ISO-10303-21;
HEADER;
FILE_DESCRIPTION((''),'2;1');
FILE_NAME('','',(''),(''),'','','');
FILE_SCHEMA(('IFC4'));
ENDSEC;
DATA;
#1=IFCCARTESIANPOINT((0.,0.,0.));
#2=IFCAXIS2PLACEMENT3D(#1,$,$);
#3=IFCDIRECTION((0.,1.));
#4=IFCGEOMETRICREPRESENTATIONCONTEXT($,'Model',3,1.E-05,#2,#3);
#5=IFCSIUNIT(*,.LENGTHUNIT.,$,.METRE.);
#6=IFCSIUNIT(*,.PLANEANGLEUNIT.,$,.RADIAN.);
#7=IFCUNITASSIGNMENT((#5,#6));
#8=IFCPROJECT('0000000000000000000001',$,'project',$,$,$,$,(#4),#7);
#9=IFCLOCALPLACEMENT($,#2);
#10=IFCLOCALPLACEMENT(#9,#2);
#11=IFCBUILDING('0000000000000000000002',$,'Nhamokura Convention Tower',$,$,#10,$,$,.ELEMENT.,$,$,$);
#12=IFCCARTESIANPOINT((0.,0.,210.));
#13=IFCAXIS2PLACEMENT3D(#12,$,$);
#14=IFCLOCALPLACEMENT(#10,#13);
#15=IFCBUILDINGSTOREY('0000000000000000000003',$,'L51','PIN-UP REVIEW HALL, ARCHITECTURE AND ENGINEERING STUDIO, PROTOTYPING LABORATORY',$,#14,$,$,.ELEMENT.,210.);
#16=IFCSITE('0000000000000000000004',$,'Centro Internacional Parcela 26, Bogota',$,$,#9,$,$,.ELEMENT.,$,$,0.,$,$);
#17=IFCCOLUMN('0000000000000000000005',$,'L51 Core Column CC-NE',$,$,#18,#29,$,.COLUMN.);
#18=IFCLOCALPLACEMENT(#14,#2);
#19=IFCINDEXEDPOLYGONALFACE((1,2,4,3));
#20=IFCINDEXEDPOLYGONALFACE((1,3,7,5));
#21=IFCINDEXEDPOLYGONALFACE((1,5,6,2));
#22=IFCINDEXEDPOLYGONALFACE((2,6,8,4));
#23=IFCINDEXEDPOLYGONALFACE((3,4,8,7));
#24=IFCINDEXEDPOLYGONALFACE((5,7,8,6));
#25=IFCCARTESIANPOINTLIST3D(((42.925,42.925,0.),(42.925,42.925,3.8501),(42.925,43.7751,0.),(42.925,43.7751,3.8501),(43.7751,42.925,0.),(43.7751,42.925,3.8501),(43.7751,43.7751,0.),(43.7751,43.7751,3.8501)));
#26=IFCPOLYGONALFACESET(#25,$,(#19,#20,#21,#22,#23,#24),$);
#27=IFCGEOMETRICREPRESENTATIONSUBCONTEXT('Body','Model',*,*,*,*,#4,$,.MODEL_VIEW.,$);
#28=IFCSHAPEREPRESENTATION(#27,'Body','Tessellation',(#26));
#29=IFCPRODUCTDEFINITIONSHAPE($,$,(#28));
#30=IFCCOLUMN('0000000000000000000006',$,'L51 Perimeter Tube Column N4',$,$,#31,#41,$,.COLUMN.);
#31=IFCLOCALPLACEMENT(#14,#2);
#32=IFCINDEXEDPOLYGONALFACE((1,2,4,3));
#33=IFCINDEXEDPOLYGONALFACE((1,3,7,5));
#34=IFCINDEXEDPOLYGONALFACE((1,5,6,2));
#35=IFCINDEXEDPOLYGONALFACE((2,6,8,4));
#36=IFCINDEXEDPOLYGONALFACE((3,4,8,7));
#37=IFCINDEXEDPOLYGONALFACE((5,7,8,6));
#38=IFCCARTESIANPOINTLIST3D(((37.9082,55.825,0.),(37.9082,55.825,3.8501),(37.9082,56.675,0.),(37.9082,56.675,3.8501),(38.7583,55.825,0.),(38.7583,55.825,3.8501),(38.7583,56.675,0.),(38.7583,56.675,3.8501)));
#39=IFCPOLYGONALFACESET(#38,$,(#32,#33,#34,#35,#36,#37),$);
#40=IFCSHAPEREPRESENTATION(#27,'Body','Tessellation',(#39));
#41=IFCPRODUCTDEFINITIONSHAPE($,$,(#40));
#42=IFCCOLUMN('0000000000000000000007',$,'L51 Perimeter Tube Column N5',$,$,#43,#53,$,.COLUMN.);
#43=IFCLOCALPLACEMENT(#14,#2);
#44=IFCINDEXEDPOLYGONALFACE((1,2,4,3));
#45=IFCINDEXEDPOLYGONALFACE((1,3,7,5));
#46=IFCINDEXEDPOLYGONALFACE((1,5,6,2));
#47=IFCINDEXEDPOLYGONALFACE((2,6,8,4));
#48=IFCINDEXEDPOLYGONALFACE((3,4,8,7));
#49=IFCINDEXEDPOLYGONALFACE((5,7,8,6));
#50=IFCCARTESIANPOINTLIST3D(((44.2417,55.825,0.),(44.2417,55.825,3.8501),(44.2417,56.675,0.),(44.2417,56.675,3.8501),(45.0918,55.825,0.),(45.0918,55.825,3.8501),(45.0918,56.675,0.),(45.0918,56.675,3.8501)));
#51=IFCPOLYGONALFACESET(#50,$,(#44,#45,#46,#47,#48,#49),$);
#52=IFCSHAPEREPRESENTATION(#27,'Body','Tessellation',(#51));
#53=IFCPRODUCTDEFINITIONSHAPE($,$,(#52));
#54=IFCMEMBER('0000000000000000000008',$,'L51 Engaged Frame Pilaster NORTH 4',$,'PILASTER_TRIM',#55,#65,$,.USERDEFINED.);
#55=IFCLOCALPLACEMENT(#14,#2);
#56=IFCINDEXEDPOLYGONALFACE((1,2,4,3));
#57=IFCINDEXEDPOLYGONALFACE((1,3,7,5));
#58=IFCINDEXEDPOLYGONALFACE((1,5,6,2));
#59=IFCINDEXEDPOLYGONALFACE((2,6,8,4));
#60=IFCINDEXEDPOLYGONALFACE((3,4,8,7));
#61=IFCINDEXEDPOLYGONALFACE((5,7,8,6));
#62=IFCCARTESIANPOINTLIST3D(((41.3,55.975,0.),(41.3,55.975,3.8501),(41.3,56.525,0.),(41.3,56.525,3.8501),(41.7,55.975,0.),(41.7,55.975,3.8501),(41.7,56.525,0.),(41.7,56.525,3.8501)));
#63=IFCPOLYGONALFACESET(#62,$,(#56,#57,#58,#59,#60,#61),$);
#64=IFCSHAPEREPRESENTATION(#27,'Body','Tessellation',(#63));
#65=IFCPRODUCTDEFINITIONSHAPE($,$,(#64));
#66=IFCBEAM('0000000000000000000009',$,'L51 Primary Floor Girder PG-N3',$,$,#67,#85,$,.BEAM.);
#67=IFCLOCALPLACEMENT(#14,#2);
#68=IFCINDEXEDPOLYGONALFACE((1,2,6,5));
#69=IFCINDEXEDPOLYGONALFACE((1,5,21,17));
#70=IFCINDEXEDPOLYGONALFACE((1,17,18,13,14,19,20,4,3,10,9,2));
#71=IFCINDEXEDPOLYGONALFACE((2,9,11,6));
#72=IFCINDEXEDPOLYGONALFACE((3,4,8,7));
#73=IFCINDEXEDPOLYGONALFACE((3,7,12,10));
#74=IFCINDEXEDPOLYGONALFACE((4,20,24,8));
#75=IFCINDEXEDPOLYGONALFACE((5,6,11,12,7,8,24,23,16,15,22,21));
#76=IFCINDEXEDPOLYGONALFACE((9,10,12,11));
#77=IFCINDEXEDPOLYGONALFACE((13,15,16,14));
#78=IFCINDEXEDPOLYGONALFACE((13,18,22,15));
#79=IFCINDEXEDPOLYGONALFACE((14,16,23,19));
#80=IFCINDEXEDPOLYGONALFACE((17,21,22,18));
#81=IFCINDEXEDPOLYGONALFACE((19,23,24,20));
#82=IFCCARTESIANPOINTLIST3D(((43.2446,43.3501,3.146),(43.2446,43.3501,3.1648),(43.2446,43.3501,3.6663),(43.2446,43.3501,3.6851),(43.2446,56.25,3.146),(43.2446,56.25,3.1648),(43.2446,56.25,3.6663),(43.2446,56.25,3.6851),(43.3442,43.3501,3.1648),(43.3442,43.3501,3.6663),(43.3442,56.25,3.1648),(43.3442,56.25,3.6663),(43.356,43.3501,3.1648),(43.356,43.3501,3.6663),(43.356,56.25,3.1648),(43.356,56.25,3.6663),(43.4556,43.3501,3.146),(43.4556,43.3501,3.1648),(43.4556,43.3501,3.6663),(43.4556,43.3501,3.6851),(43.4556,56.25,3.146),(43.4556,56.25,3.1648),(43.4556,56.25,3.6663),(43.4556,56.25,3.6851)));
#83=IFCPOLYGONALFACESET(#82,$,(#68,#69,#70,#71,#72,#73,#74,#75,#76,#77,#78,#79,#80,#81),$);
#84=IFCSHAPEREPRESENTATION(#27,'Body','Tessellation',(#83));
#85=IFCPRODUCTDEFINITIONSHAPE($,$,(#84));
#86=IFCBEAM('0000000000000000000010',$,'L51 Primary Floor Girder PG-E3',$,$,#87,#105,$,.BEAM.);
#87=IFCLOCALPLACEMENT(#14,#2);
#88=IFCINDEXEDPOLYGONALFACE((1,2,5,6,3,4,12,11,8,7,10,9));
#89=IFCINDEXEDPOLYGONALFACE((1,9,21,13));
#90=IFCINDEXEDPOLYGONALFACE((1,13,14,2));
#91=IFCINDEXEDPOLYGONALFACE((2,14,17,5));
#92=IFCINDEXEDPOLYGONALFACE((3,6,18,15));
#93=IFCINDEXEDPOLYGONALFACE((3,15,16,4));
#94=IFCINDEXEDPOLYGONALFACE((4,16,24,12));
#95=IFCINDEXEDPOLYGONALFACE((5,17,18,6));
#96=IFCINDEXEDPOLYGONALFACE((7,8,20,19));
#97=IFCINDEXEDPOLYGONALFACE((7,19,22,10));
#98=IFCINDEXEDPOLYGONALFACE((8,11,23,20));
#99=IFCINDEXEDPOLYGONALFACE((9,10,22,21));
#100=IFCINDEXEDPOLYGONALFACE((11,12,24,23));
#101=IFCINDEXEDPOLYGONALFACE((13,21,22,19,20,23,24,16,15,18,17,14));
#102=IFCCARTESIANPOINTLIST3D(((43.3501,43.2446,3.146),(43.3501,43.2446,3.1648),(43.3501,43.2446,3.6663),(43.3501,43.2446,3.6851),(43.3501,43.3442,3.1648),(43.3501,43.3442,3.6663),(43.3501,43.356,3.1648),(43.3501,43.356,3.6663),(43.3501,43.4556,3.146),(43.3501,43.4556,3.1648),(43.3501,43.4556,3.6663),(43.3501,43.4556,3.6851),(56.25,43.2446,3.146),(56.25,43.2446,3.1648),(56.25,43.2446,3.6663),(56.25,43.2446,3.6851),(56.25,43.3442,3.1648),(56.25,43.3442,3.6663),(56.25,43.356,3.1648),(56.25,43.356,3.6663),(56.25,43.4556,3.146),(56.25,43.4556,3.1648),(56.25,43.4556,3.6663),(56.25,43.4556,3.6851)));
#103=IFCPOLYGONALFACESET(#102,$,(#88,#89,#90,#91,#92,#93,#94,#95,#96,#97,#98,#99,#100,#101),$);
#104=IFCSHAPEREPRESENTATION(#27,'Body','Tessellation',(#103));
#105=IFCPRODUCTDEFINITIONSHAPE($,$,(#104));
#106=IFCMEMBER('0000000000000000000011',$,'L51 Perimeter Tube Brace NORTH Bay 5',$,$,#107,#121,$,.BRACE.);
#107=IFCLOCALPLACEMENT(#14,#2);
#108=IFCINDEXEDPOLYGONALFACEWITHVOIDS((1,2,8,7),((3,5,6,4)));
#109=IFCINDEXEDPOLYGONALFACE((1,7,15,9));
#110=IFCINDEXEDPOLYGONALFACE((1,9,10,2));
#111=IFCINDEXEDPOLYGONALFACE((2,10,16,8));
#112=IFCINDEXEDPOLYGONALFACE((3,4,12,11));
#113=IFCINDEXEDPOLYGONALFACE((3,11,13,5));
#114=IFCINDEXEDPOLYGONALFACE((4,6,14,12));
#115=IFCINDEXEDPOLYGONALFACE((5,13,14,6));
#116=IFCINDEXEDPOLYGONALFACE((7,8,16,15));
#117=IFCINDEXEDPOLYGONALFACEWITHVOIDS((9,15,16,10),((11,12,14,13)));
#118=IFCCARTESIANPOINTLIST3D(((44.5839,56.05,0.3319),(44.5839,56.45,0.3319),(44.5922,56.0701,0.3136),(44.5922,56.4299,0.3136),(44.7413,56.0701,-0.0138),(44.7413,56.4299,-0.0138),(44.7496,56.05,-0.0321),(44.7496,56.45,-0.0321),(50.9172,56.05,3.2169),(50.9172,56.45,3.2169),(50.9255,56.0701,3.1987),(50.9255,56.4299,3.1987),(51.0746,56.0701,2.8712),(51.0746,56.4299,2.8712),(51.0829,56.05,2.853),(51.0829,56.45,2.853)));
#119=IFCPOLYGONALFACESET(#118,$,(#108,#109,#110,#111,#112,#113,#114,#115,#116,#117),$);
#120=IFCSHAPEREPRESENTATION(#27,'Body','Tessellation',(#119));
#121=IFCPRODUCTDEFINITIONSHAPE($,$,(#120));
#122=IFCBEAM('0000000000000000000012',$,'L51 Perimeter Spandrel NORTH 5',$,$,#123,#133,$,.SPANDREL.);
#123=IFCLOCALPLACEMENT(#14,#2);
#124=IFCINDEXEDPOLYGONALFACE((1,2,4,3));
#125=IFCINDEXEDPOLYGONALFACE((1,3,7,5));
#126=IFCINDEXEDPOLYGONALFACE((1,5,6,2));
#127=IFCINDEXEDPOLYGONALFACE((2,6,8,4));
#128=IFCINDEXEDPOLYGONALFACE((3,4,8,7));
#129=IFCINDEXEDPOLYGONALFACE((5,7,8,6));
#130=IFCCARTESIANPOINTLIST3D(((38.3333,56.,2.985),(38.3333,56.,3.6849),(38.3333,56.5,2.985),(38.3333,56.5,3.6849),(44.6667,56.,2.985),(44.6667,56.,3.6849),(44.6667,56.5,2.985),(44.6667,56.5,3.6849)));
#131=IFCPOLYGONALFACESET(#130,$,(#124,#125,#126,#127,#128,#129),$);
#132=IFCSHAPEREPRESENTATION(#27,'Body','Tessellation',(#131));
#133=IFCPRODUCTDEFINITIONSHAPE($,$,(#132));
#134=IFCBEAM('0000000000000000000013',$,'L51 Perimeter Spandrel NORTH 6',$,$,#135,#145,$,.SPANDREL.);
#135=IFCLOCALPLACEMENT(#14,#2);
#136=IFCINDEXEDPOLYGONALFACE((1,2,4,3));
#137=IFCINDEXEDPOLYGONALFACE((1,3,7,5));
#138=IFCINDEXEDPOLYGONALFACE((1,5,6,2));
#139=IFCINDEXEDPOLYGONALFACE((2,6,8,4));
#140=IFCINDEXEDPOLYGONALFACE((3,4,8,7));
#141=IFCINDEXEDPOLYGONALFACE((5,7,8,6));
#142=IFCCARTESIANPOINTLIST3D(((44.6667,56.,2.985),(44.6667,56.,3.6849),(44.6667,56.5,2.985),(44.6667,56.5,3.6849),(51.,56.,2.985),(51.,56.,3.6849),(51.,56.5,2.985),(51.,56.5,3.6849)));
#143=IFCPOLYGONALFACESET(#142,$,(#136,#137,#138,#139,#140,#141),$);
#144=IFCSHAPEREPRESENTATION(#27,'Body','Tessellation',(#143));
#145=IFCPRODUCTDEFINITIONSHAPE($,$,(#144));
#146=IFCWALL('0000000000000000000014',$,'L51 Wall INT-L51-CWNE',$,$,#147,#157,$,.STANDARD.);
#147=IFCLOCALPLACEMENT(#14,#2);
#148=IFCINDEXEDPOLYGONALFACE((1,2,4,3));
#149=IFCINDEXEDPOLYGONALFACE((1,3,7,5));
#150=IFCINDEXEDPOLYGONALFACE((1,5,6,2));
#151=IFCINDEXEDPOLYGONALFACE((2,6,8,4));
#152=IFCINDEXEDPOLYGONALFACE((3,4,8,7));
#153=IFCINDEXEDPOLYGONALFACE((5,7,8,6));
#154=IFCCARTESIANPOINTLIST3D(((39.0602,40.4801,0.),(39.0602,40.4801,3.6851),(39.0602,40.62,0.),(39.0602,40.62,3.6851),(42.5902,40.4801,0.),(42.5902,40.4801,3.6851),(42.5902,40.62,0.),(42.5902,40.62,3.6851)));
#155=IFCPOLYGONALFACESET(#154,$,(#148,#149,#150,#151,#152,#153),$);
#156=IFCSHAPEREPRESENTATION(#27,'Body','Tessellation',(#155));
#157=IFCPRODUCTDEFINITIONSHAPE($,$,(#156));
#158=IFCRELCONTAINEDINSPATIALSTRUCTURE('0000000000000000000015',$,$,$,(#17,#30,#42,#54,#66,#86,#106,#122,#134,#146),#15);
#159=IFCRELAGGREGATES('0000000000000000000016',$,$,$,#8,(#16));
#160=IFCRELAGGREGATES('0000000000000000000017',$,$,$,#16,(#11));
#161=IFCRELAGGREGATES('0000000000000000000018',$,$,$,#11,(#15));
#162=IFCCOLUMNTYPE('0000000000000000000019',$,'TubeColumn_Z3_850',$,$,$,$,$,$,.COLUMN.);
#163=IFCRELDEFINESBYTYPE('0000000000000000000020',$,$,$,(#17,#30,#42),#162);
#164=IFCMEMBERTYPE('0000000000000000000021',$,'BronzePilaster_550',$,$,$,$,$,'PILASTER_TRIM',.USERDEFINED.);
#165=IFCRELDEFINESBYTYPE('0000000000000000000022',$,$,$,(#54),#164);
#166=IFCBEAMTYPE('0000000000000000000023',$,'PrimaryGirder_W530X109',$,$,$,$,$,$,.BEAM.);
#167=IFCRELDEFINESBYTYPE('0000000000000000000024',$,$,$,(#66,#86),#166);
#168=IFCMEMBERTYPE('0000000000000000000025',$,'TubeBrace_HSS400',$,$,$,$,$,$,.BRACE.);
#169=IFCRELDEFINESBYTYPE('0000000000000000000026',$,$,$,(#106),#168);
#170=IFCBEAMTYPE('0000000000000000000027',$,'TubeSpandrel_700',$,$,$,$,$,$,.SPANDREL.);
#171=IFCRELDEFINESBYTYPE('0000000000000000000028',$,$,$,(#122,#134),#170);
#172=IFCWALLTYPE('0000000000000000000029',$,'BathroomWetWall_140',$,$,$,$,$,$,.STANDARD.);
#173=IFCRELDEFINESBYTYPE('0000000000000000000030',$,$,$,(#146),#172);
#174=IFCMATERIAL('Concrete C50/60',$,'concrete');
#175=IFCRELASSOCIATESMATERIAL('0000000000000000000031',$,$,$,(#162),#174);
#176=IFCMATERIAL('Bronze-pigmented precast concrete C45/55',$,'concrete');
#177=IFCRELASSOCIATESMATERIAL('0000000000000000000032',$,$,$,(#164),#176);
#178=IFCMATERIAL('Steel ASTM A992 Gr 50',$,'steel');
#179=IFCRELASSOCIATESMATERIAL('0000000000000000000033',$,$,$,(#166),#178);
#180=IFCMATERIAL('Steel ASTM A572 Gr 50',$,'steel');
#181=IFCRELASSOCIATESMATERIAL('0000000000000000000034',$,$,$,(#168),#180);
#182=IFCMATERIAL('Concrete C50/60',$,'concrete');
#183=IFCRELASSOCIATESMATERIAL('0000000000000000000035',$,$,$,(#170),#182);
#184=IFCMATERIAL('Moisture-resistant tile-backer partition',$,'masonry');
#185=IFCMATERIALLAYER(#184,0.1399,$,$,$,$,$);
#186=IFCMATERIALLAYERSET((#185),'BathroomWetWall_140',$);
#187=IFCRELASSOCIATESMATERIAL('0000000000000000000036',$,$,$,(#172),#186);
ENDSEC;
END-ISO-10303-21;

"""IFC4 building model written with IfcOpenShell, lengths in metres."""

from ifc_helpers import new_model, si_unit, direction, frame, frame_2d, origin, origin_2d, place, context, subcontext, project, spatial, rectangle, hollow_rectangle, i_section, extrude, material, layer, layer_set, material_profile, profile_set, type_object, element, save


model = new_model("IFC4")

# Units and contexts
model_context = context("Model", 3, precision=1e-05, world=origin(), true_north=direction((0.0, 1.0)))
body_context = subcontext(model_context, "Body", "Model", "MODEL_VIEW")
ifc_project = project(units=[si_unit("LENGTHUNIT", "METRE"), si_unit("PLANEANGLEUNIT", "RADIAN")], contexts=[model_context])

# Site, building, storey
site_placement = place(None, origin())
site = spatial("IfcSite", under=ifc_project, at=site_placement, Name="Centro Internacional Parcela 26, Bogota", CompositionType="ELEMENT", RefElevation=0.0)
building_placement = place(site_placement, origin())
building = spatial("IfcBuilding", under=site, at=building_placement, Name="Nhamokura Convention Tower", CompositionType="ELEMENT")
storey_placement = place(building_placement, frame((0.0, 0.0, 210.0)))
storey = spatial("IfcBuildingStorey", under=building, at=storey_placement, Name="L51", Description="PIN-UP REVIEW HALL, ARCHITECTURE AND ENGINEERING STUDIO, PROTOTYPING LABORATORY", CompositionType="ELEMENT", Elevation=210.0)

# Columns
ifc_material_1 = material(Name="Concrete C50/60", Category="concrete")
ifc_material_profile_1 = material_profile(ifc_material_1, rectangle(XDim=0.8501, YDim=0.8501, at=origin_2d()))
ifc_profile_set_1 = profile_set([ifc_material_profile_1], Name="Concrete C50/60")
column_type = type_object("IfcColumnType", Name="TubeColumn_Z3_850", PredefinedType="COLUMN", material=ifc_profile_set_1)
for number, where, z_axis, x_axis, name in (
    (1, (43.3501, 43.3501, 0.0), (0.0, 0.0, 1.0), (1.0, 0.0, 0.0), "L51 Core Column CC-NE"),
    (2, (38.3333, 56.25, 0.0), (0.0, 0.0, 1.0), (1.0, 0.0, 0.0), "L51 Perimeter Tube Column N4"),
    (3, (44.6667, 56.25, 0.0), (0.0, 0.0, 1.0), (1.0, 0.0, 0.0), "L51 Perimeter Tube Column N5"),
):
    element("IfcColumn", number, at=place(storey_placement, frame(where, z_axis=z_axis, x_axis=x_axis)), inside=storey, type_object=column_type, Name=name, PredefinedType="COLUMN", context=body_context, shape_type="SweptSolid", body=[
        extrude(rectangle(XDim=0.8501, YDim=0.8501, at=origin_2d()), origin(), (0.0, 0.0, 1.0), 3.8501),
    ])

# Member
ifc_material_2 = material(Name="Bronze-pigmented precast concrete C45/55", Category="concrete")
ifc_material_profile_2 = material_profile(ifc_material_2, rectangle(XDim=0.3999, YDim=0.55, at=origin_2d()))
ifc_profile_set_2 = profile_set([ifc_material_profile_2], Name="Bronze-pigmented precast concrete C45/55")
member_type_1 = type_object("IfcMemberType", Name="BronzePilaster_550", ElementType="PILASTER_TRIM", PredefinedType="USERDEFINED", material=ifc_profile_set_2)
member_1_placement = place(storey_placement, frame((41.5, 56.25, 0.0), z_axis=(0.0, 0.0, 1.0), x_axis=(1.0, 0.0, 0.0)))
element("IfcMember", 4, at=member_1_placement, inside=storey, type_object=member_type_1, Name="L51 Engaged Frame Pilaster NORTH 4", ObjectType="PILASTER_TRIM", PredefinedType="USERDEFINED", context=body_context, shape_type="SweptSolid", body=[
    extrude(rectangle(XDim=0.3999, YDim=0.55, at=origin_2d()), origin(), (0.0, 0.0, 1.0), 3.8501),
])

# Beams
ifc_material_3 = material(Name="Steel ASTM A992 Gr 50", Category="steel")
ifc_material_profile_3 = material_profile(ifc_material_3, i_section(OverallWidth=0.2109, OverallDepth=0.5391, WebThickness=0.0117, FlangeThickness=0.0188, at=origin_2d()))
ifc_profile_set_3 = profile_set([ifc_material_profile_3], Name="Steel ASTM A992 Gr 50")
beam_type_1 = type_object("IfcBeamType", Name="PrimaryGirder_W530X109", PredefinedType="BEAM", material=ifc_profile_set_3)
for number, where, z_axis, x_axis, name in (
    (5, (43.3501, 43.3501, 3.4155), (0.0, 1.0, 0.0), (-1.0, 0.0, 0.0), "L51 Primary Floor Girder PG-N3"),
    (6, (43.3501, 43.3501, 3.4155), (1.0, 0.0, 0.0), (0.0, 1.0, 0.0), "L51 Primary Floor Girder PG-E3"),
):
    element("IfcBeam", number, at=place(storey_placement, frame(where, z_axis=z_axis, x_axis=x_axis)), inside=storey, type_object=beam_type_1, Name=name, PredefinedType="BEAM", context=body_context, shape_type="SweptSolid", body=[
        extrude(i_section(OverallWidth=0.2109, OverallDepth=0.5391, WebThickness=0.0117, FlangeThickness=0.0188, at=origin_2d()), origin(), (0.0, 0.0, 1.0), 12.8999),
    ])

# Member
ifc_material_4 = material(Name="Steel ASTM A572 Gr 50", Category="steel")
ifc_material_profile_4 = material_profile(ifc_material_4, hollow_rectangle(XDim=0.3999, YDim=0.3999, WallThickness=0.02, at=origin_2d()))
ifc_profile_set_4 = profile_set([ifc_material_profile_4], Name="Steel ASTM A572 Gr 50")
member_type_2 = type_object("IfcMemberType", Name="TubeBrace_HSS400", PredefinedType="BRACE", material=ifc_profile_set_4)
member_2_placement = place(storey_placement, frame((44.6667, 56.25, 0.1499), z_axis=(0.910027, 0.0, 0.414548), x_axis=(0.0, 1.0, 0.0)))
element("IfcMember", 7, at=member_2_placement, inside=storey, type_object=member_type_2, Name="L51 Perimeter Tube Brace NORTH Bay 5", PredefinedType="BRACE", context=body_context, shape_type="SweptSolid", body=[
    extrude(hollow_rectangle(XDim=0.3999, YDim=0.3999, WallThickness=0.02, at=origin_2d()), origin(), (0.0, 0.0, 1.0), 6.9595),
])

# Beams
ifc_material_5 = material(Name="Concrete C50/60", Category="concrete")
ifc_material_profile_5 = material_profile(ifc_material_5, rectangle(XDim=0.5, YDim=0.7, at=origin_2d()))
ifc_profile_set_5 = profile_set([ifc_material_profile_5], Name="Concrete C50/60")
beam_type_2 = type_object("IfcBeamType", Name="TubeSpandrel_700", PredefinedType="SPANDREL", material=ifc_profile_set_5)
beam_1_placement = place(storey_placement, frame((38.3333, 56.25, 3.335), z_axis=(1.0, 0.0, 0.0), x_axis=(0.0, 1.0, 0.0)))
element("IfcBeam", 8, at=beam_1_placement, inside=storey, type_object=beam_type_2, Name="L51 Perimeter Spandrel NORTH 5", PredefinedType="SPANDREL", context=body_context, shape_type="SweptSolid", body=[
    extrude(rectangle(XDim=0.5, YDim=0.7, at=origin_2d()), origin(), (0.0, 0.0, 1.0), 6.3335),
])
beam_2_placement = place(storey_placement, frame((44.6667, 56.25, 3.335), z_axis=(1.0, 0.0, 0.0), x_axis=(0.0, 1.0, 0.0)))
element("IfcBeam", 9, at=beam_2_placement, inside=storey, type_object=beam_type_2, Name="L51 Perimeter Spandrel NORTH 6", PredefinedType="SPANDREL", context=body_context, shape_type="SweptSolid", body=[
    extrude(rectangle(XDim=0.5, YDim=0.7, at=origin_2d()), origin(), (0.0, 0.0, 1.0), 6.3333),
])

# Wall
ifc_material_6 = material(Name="Moisture-resistant tile-backer partition", Category="masonry")
ifc_layer_1 = layer(ifc_material_6, 0.1399)
ifc_layer_set_1 = layer_set([ifc_layer_1], Name="BathroomWetWall_140")
wall_type_1 = type_object("IfcWallType", Name="BathroomWetWall_140", PredefinedType="STANDARD", material=ifc_layer_set_1)
wall_1_placement = place(storey_placement, frame((39.0601, 40.55, 0.0), z_axis=(0.0, 0.0, 1.0), x_axis=(1.0, 0.0, 0.0)))
element("IfcWall", 10, at=wall_1_placement, inside=storey, type_object=wall_type_1, Name="L51 Wall INT-L51-CWNE", PredefinedType="STANDARD", context=body_context, shape_type="SweptSolid", body=[
    extrude(rectangle(XDim=3.53, YDim=0.1399, at=frame_2d((1.7651, 0.0))), origin(), (0.0, 0.0, 1.0), 3.6851),
])

save(model, "model.ifc")
